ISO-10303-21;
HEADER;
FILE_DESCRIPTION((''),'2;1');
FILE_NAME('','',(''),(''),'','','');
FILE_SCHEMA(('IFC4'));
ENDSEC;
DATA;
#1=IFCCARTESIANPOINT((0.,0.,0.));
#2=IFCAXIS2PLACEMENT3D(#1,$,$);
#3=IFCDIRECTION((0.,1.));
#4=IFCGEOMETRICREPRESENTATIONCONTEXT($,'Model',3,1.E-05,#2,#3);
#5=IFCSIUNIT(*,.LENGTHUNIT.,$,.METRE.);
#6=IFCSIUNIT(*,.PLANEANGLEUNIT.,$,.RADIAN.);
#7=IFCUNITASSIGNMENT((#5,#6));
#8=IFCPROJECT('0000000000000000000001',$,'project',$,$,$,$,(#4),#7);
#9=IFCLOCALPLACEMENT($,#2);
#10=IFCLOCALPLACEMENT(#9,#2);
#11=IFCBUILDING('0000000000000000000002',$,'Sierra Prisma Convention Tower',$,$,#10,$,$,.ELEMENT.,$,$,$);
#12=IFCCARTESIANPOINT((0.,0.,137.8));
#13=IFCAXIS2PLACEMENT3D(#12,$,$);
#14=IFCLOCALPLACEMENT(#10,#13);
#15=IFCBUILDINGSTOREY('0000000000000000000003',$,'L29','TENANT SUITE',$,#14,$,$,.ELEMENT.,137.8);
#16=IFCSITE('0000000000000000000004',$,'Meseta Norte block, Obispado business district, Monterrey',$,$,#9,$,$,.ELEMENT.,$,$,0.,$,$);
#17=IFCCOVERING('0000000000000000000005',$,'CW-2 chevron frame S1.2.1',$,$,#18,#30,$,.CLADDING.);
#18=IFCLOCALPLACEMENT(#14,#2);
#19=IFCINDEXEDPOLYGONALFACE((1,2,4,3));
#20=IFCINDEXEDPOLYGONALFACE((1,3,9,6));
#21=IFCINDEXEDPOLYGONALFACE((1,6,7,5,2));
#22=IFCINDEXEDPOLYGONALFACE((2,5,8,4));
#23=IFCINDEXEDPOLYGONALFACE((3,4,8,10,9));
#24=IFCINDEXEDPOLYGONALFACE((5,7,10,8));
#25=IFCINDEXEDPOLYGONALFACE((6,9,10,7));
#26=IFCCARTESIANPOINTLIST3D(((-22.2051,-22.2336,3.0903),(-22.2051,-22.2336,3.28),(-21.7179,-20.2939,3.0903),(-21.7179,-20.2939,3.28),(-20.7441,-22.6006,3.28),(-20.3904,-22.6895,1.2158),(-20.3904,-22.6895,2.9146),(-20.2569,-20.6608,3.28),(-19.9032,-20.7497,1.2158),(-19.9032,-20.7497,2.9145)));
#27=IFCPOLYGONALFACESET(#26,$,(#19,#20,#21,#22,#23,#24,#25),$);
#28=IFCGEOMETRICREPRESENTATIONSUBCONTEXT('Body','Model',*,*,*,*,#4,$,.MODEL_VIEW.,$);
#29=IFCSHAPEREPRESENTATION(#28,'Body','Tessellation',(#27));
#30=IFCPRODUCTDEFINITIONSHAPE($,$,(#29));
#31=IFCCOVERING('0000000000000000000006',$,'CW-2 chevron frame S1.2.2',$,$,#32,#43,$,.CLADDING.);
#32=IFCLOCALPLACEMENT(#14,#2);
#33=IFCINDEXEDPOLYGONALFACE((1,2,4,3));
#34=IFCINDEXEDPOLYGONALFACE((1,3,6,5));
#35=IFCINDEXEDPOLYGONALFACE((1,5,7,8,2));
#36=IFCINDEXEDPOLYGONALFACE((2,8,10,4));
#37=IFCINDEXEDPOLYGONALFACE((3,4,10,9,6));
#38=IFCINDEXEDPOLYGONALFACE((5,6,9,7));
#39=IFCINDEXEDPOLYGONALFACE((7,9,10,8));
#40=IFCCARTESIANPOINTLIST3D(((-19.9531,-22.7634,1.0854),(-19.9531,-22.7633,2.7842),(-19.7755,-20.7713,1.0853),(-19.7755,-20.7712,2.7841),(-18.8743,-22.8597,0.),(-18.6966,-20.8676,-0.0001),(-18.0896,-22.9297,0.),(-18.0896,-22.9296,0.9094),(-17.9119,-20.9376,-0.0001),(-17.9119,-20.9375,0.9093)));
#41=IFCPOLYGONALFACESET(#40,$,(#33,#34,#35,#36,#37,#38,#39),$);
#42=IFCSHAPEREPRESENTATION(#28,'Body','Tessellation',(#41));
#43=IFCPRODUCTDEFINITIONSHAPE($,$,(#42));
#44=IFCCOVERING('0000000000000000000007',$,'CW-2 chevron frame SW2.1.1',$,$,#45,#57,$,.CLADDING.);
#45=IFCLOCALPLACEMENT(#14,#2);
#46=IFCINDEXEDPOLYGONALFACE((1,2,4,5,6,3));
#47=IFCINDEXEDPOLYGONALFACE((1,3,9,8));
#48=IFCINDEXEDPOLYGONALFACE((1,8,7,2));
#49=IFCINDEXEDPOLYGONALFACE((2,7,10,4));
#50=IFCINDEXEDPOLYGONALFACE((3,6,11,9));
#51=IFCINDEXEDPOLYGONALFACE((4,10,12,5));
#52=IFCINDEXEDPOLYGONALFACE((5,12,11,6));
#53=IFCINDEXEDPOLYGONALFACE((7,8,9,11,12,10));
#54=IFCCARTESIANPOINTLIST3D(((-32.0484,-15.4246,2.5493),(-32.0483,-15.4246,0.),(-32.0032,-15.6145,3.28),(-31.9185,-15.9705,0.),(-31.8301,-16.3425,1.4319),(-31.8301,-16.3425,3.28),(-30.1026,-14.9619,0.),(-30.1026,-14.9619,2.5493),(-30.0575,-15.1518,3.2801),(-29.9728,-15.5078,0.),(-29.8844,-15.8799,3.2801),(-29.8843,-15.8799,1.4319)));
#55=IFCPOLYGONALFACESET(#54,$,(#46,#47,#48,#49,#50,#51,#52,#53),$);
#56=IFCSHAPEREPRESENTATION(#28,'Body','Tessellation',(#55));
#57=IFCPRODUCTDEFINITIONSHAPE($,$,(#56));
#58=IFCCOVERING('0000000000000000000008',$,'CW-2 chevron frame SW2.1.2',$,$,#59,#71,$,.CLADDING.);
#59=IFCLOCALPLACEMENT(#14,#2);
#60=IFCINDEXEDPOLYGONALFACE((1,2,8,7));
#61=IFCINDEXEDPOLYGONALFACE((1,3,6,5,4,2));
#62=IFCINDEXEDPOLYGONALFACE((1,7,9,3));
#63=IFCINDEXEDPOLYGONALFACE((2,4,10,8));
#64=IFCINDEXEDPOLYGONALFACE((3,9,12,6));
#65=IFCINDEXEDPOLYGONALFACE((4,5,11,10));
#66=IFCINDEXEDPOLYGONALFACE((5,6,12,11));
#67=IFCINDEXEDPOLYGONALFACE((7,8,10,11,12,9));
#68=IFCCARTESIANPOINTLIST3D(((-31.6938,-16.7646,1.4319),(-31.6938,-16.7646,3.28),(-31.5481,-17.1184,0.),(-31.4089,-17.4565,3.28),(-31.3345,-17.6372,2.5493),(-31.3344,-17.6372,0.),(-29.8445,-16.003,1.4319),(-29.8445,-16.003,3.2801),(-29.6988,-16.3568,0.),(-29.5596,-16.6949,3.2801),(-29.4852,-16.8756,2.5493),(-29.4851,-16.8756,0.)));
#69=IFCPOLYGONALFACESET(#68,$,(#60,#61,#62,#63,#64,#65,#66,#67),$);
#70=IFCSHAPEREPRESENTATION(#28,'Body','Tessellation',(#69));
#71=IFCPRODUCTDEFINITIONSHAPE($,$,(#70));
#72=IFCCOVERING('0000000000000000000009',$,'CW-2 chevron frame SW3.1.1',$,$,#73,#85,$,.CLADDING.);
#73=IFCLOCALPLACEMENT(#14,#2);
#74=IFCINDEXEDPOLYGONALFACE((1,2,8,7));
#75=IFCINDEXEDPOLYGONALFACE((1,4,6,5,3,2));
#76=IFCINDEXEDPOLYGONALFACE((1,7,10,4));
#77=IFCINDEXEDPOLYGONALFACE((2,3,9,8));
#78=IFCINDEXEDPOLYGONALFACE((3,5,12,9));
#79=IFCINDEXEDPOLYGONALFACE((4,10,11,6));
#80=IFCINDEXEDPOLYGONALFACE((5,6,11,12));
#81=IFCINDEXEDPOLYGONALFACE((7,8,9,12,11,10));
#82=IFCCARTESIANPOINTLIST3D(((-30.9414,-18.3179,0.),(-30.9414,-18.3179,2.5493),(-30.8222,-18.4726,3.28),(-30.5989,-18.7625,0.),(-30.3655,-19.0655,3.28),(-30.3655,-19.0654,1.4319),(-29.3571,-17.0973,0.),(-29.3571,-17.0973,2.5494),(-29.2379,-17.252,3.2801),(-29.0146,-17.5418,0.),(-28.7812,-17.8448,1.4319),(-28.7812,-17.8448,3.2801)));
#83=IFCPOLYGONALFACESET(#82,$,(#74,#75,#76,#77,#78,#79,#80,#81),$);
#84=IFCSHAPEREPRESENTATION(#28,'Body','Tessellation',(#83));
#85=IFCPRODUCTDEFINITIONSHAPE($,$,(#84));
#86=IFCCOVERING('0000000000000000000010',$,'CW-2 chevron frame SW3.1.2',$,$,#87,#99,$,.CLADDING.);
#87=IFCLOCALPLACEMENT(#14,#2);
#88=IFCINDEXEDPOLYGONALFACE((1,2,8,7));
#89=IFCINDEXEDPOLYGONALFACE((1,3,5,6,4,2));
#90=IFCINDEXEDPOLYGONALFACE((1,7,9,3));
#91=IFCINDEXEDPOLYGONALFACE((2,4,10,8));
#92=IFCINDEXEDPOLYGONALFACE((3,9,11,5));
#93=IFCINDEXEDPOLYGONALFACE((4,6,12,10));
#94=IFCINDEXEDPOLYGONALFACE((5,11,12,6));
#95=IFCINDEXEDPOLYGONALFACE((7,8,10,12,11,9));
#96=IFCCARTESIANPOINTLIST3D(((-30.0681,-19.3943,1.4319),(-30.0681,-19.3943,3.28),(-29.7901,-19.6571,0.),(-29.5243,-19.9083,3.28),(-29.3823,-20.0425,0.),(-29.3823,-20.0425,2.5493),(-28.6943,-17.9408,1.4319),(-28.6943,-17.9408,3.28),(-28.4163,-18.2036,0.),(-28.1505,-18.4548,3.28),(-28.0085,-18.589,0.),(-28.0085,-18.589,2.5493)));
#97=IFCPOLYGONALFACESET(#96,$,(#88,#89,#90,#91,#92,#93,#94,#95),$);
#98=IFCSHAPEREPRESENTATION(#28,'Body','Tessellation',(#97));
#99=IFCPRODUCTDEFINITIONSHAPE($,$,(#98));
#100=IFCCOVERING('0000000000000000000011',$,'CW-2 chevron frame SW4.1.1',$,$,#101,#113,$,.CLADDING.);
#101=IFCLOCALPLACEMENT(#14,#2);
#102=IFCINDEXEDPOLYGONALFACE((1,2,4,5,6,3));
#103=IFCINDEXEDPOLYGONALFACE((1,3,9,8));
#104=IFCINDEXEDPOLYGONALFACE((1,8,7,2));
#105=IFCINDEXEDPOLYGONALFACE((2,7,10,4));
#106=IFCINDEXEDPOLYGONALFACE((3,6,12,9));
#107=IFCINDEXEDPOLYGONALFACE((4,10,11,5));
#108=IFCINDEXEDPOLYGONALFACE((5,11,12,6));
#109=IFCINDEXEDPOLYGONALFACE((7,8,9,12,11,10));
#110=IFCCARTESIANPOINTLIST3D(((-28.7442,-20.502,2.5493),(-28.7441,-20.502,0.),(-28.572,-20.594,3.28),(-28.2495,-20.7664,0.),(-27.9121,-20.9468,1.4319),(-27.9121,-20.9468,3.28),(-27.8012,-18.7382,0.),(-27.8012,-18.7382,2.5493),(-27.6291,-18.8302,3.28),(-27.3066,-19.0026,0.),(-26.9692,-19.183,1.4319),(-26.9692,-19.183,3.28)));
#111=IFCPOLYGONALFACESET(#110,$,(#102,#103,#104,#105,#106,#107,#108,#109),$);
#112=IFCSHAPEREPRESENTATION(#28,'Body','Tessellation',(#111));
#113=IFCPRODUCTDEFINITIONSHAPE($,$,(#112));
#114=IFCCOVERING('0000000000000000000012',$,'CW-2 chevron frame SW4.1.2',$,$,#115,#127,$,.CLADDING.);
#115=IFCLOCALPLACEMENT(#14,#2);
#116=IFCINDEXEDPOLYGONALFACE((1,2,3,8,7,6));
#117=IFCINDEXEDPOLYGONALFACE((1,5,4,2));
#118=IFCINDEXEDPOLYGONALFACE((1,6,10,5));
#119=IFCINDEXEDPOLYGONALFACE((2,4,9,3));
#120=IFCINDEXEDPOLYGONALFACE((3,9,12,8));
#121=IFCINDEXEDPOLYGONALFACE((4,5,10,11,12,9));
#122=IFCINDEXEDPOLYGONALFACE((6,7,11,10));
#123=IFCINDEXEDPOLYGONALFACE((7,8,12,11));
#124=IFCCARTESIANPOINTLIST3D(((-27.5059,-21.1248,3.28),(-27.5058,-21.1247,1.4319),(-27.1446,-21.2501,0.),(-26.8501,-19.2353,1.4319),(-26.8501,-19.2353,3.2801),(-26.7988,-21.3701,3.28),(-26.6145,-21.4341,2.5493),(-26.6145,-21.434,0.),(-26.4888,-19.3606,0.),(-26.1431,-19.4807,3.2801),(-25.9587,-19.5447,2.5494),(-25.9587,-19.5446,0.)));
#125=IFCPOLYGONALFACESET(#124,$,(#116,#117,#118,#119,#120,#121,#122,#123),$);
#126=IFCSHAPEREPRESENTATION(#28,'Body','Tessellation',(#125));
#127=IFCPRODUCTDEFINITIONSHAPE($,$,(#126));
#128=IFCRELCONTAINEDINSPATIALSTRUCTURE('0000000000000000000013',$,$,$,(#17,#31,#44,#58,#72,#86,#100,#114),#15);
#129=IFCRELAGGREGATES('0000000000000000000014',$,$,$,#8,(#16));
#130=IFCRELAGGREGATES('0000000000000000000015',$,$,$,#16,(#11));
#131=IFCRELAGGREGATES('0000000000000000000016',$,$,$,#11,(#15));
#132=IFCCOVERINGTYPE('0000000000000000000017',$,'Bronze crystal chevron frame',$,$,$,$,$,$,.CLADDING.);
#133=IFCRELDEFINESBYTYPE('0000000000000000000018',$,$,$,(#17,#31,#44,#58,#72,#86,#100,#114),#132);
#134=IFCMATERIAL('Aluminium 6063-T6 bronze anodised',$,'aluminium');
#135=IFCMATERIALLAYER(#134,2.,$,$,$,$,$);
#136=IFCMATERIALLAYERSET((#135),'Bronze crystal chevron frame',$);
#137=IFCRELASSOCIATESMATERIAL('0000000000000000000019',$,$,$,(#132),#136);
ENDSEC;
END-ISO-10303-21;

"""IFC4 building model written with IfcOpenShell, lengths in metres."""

from ifc_helpers import new_model, si_unit, direction, frame, origin, place, context, subcontext, project, spatial, polyline, outline, extrude, material, layer, layer_set, type_object, element, save


model = new_model("IFC4")

# Units and contexts
model_context = context("Model", 3, precision=1e-05, world=origin(), true_north=direction((0.0, 1.0)))
body_context = subcontext(model_context, "Body", "Model", "MODEL_VIEW")
ifc_project = project(units=[si_unit("LENGTHUNIT", "METRE"), si_unit("PLANEANGLEUNIT", "RADIAN")], contexts=[model_context])

# Site, building, storey
site_placement = place(None, origin())
site = spatial("IfcSite", under=ifc_project, at=site_placement, Name="Meseta Norte block, Obispado business district, Monterrey", CompositionType="ELEMENT", RefElevation=0.0)
building_placement = place(site_placement, origin())
building = spatial("IfcBuilding", under=site, at=building_placement, Name="Sierra Prisma Convention Tower", CompositionType="ELEMENT")
storey_placement = place(building_placement, frame((0.0, 0.0, 137.8)))
storey = spatial("IfcBuildingStorey", under=building, at=storey_placement, Name="L29", Description="TENANT SUITE", CompositionType="ELEMENT", Elevation=137.8)

# Coverings
ifc_material_1 = material(Name="Aluminium 6063-T6 bronze anodised", Category="aluminium")
ifc_layer_1 = layer(ifc_material_1, 2.0)
ifc_layer_set_1 = layer_set([ifc_layer_1], Name="Bronze crystal chevron frame")
covering_type = type_object("IfcCoveringType", Name="Bronze crystal chevron frame", PredefinedType="CLADDING", material=ifc_layer_set_1)
covering_1_placement = place(storey_placement, frame((-22.2051, -22.2336, 3.28), z_axis=(-0.243609, -0.969873, 0.000005), x_axis=(-0.000001, -0.000005, -1.0)))
element("IfcCovering", 1, at=covering_1_placement, inside=storey, type_object=covering_type, Name="CW-2 chevron frame S1.2.1", PredefinedType="CLADDING", context=body_context, shape_type="SweptSolid", body=[
    extrude(outline(polyline([(0.0, 0.0), (0.1897, 0.0), (2.0642, 1.8711), (0.3655, 1.8711), (0.0, 1.5063), (0.0, 0.0)])), origin(), (0.0, 0.0, -1.0), 2.0),
])
covering_2_placement = place(storey_placement, frame((-18.0896, -22.9297, 0.0), z_axis=(-0.088831, -0.996047, 0.000059), x_axis=(0.000005, 0.000059, 1.0)))
element("IfcCovering", 2, at=covering_2_placement, inside=storey, type_object=covering_type, Name="CW-2 chevron frame S1.2.2", PredefinedType="CLADDING", context=body_context, shape_type="SweptSolid", body=[
    extrude(outline(polyline([(0.0, 0.0), (0.9094, 0.0), (2.7842, 1.8709), (1.0854, 1.8709), (0.0, 0.7878), (0.0, 0.0)])), origin(), (0.0, 0.0, -1.0), 2.0),
])
covering_3_placement = place(storey_placement, frame((-32.0483, -15.4246, 0.0), z_axis=(-0.972873, -0.231338, -0.000014), x_axis=(0.231338, -0.972873, 0.0)))
element("IfcCovering", 3, at=covering_3_placement, inside=storey, type_object=covering_type, Name="CW-2 chevron frame SW2.1.1", PredefinedType="CLADDING", context=body_context, shape_type="SweptSolid", body=[
    extrude(outline(polyline([(0.0, 0.0), (0.5611, 0.0), (0.9436, 1.4319), (0.9436, 3.28), (0.1952, 3.28), (0.0, 2.5493), (0.0, 0.0)])), origin(), (0.0, 0.0, -1.0), 2.0),
])
covering_4_placement = place(storey_placement, frame((-31.6938, -16.7646, 3.28), z_axis=(-0.924653, -0.38081, -0.000017), x_axis=(0.000015, 0.000006, -1.0)))
element("IfcCovering", 4, at=covering_4_placement, inside=storey, type_object=covering_type, Name="CW-2 chevron frame SW2.1.2", PredefinedType="CLADDING", context=body_context, shape_type="SweptSolid", body=[
    extrude(outline(polyline([(0.0, 0.0), (1.8481, 0.0), (3.28, 0.3826), (3.28, 0.9437), (0.7307, 0.9437), (0.0, 0.7483), (0.0, 0.0)])), origin(), (0.0, 0.0, -1.0), 2.0),
])
covering_5_placement = place(storey_placement, frame((-30.9414, -18.3179, 0.0), z_axis=(-0.792162, -0.61031, -0.000017), x_axis=(0.61031, -0.792162, 0.0)))
element("IfcCovering", 5, at=covering_5_placement, inside=storey, type_object=covering_type, Name="CW-2 chevron frame SW3.1.1", PredefinedType="CLADDING", context=body_context, shape_type="SweptSolid", body=[
    extrude(outline(polyline([(0.0, 0.0), (0.5612, 0.0), (0.9437, 1.4319), (0.9437, 3.28), (0.1953, 3.28), (0.0, 2.5493), (0.0, 0.0)])), origin(), (0.0, 0.0, -1.0), 2.0),
])
covering_6_placement = place(storey_placement, frame((-30.0681, -19.3943, 3.28), z_axis=(-0.686909, -0.726744, 0.000009), x_axis=(-0.000006, -0.000007, -1.0)))
element("IfcCovering", 6, at=covering_6_placement, inside=storey, type_object=covering_type, Name="CW-2 chevron frame SW3.1.2", PredefinedType="CLADDING", context=body_context, shape_type="SweptSolid", body=[
    extrude(outline(polyline([(0.0, 0.0), (1.8481, 0.0), (3.28, 0.3825), (3.28, 0.9436), (0.7307, 0.9436), (0.0, 0.7483), (0.0, 0.0)])), origin(), (0.0, 0.0, -1.0), 2.0),
])
covering_7_placement = place(storey_placement, frame((-28.7441, -20.502, 0.0), z_axis=(-0.471465, -0.881885, -0.000009), x_axis=(0.881885, -0.471465, 0.0)))
element("IfcCovering", 7, at=covering_7_placement, inside=storey, type_object=covering_type, Name="CW-2 chevron frame SW4.1.1", PredefinedType="CLADDING", context=body_context, shape_type="SweptSolid", body=[
    extrude(outline(polyline([(0.0, 0.0), (0.5609, 0.0), (0.9435, 1.4319), (0.9435, 3.28), (0.1952, 3.28), (0.0, 2.5493), (0.0, 0.0)])), origin(), (0.0, 0.0, -1.0), 2.0),
])
covering_8_placement = place(storey_placement, frame((-27.5059, -21.1248, 3.28), z_axis=(-0.327882, -0.944719, -0.000024), x_axis=(0.000008, 0.000023, -1.0)))
element("IfcCovering", 8, at=covering_8_placement, inside=storey, type_object=covering_type, Name="CW-2 chevron frame SW4.1.2", PredefinedType="CLADDING", context=body_context, shape_type="SweptSolid", body=[
    extrude(outline(polyline([(0.0, 0.0), (1.8481, 0.0), (3.28, 0.3824), (3.28, 0.9435), (0.7307, 0.9435), (0.0, 0.7484), (0.0, 0.0)])), origin(), (0.0, 0.0, -1.0), 2.0),
])

save(model, "model.ifc")
